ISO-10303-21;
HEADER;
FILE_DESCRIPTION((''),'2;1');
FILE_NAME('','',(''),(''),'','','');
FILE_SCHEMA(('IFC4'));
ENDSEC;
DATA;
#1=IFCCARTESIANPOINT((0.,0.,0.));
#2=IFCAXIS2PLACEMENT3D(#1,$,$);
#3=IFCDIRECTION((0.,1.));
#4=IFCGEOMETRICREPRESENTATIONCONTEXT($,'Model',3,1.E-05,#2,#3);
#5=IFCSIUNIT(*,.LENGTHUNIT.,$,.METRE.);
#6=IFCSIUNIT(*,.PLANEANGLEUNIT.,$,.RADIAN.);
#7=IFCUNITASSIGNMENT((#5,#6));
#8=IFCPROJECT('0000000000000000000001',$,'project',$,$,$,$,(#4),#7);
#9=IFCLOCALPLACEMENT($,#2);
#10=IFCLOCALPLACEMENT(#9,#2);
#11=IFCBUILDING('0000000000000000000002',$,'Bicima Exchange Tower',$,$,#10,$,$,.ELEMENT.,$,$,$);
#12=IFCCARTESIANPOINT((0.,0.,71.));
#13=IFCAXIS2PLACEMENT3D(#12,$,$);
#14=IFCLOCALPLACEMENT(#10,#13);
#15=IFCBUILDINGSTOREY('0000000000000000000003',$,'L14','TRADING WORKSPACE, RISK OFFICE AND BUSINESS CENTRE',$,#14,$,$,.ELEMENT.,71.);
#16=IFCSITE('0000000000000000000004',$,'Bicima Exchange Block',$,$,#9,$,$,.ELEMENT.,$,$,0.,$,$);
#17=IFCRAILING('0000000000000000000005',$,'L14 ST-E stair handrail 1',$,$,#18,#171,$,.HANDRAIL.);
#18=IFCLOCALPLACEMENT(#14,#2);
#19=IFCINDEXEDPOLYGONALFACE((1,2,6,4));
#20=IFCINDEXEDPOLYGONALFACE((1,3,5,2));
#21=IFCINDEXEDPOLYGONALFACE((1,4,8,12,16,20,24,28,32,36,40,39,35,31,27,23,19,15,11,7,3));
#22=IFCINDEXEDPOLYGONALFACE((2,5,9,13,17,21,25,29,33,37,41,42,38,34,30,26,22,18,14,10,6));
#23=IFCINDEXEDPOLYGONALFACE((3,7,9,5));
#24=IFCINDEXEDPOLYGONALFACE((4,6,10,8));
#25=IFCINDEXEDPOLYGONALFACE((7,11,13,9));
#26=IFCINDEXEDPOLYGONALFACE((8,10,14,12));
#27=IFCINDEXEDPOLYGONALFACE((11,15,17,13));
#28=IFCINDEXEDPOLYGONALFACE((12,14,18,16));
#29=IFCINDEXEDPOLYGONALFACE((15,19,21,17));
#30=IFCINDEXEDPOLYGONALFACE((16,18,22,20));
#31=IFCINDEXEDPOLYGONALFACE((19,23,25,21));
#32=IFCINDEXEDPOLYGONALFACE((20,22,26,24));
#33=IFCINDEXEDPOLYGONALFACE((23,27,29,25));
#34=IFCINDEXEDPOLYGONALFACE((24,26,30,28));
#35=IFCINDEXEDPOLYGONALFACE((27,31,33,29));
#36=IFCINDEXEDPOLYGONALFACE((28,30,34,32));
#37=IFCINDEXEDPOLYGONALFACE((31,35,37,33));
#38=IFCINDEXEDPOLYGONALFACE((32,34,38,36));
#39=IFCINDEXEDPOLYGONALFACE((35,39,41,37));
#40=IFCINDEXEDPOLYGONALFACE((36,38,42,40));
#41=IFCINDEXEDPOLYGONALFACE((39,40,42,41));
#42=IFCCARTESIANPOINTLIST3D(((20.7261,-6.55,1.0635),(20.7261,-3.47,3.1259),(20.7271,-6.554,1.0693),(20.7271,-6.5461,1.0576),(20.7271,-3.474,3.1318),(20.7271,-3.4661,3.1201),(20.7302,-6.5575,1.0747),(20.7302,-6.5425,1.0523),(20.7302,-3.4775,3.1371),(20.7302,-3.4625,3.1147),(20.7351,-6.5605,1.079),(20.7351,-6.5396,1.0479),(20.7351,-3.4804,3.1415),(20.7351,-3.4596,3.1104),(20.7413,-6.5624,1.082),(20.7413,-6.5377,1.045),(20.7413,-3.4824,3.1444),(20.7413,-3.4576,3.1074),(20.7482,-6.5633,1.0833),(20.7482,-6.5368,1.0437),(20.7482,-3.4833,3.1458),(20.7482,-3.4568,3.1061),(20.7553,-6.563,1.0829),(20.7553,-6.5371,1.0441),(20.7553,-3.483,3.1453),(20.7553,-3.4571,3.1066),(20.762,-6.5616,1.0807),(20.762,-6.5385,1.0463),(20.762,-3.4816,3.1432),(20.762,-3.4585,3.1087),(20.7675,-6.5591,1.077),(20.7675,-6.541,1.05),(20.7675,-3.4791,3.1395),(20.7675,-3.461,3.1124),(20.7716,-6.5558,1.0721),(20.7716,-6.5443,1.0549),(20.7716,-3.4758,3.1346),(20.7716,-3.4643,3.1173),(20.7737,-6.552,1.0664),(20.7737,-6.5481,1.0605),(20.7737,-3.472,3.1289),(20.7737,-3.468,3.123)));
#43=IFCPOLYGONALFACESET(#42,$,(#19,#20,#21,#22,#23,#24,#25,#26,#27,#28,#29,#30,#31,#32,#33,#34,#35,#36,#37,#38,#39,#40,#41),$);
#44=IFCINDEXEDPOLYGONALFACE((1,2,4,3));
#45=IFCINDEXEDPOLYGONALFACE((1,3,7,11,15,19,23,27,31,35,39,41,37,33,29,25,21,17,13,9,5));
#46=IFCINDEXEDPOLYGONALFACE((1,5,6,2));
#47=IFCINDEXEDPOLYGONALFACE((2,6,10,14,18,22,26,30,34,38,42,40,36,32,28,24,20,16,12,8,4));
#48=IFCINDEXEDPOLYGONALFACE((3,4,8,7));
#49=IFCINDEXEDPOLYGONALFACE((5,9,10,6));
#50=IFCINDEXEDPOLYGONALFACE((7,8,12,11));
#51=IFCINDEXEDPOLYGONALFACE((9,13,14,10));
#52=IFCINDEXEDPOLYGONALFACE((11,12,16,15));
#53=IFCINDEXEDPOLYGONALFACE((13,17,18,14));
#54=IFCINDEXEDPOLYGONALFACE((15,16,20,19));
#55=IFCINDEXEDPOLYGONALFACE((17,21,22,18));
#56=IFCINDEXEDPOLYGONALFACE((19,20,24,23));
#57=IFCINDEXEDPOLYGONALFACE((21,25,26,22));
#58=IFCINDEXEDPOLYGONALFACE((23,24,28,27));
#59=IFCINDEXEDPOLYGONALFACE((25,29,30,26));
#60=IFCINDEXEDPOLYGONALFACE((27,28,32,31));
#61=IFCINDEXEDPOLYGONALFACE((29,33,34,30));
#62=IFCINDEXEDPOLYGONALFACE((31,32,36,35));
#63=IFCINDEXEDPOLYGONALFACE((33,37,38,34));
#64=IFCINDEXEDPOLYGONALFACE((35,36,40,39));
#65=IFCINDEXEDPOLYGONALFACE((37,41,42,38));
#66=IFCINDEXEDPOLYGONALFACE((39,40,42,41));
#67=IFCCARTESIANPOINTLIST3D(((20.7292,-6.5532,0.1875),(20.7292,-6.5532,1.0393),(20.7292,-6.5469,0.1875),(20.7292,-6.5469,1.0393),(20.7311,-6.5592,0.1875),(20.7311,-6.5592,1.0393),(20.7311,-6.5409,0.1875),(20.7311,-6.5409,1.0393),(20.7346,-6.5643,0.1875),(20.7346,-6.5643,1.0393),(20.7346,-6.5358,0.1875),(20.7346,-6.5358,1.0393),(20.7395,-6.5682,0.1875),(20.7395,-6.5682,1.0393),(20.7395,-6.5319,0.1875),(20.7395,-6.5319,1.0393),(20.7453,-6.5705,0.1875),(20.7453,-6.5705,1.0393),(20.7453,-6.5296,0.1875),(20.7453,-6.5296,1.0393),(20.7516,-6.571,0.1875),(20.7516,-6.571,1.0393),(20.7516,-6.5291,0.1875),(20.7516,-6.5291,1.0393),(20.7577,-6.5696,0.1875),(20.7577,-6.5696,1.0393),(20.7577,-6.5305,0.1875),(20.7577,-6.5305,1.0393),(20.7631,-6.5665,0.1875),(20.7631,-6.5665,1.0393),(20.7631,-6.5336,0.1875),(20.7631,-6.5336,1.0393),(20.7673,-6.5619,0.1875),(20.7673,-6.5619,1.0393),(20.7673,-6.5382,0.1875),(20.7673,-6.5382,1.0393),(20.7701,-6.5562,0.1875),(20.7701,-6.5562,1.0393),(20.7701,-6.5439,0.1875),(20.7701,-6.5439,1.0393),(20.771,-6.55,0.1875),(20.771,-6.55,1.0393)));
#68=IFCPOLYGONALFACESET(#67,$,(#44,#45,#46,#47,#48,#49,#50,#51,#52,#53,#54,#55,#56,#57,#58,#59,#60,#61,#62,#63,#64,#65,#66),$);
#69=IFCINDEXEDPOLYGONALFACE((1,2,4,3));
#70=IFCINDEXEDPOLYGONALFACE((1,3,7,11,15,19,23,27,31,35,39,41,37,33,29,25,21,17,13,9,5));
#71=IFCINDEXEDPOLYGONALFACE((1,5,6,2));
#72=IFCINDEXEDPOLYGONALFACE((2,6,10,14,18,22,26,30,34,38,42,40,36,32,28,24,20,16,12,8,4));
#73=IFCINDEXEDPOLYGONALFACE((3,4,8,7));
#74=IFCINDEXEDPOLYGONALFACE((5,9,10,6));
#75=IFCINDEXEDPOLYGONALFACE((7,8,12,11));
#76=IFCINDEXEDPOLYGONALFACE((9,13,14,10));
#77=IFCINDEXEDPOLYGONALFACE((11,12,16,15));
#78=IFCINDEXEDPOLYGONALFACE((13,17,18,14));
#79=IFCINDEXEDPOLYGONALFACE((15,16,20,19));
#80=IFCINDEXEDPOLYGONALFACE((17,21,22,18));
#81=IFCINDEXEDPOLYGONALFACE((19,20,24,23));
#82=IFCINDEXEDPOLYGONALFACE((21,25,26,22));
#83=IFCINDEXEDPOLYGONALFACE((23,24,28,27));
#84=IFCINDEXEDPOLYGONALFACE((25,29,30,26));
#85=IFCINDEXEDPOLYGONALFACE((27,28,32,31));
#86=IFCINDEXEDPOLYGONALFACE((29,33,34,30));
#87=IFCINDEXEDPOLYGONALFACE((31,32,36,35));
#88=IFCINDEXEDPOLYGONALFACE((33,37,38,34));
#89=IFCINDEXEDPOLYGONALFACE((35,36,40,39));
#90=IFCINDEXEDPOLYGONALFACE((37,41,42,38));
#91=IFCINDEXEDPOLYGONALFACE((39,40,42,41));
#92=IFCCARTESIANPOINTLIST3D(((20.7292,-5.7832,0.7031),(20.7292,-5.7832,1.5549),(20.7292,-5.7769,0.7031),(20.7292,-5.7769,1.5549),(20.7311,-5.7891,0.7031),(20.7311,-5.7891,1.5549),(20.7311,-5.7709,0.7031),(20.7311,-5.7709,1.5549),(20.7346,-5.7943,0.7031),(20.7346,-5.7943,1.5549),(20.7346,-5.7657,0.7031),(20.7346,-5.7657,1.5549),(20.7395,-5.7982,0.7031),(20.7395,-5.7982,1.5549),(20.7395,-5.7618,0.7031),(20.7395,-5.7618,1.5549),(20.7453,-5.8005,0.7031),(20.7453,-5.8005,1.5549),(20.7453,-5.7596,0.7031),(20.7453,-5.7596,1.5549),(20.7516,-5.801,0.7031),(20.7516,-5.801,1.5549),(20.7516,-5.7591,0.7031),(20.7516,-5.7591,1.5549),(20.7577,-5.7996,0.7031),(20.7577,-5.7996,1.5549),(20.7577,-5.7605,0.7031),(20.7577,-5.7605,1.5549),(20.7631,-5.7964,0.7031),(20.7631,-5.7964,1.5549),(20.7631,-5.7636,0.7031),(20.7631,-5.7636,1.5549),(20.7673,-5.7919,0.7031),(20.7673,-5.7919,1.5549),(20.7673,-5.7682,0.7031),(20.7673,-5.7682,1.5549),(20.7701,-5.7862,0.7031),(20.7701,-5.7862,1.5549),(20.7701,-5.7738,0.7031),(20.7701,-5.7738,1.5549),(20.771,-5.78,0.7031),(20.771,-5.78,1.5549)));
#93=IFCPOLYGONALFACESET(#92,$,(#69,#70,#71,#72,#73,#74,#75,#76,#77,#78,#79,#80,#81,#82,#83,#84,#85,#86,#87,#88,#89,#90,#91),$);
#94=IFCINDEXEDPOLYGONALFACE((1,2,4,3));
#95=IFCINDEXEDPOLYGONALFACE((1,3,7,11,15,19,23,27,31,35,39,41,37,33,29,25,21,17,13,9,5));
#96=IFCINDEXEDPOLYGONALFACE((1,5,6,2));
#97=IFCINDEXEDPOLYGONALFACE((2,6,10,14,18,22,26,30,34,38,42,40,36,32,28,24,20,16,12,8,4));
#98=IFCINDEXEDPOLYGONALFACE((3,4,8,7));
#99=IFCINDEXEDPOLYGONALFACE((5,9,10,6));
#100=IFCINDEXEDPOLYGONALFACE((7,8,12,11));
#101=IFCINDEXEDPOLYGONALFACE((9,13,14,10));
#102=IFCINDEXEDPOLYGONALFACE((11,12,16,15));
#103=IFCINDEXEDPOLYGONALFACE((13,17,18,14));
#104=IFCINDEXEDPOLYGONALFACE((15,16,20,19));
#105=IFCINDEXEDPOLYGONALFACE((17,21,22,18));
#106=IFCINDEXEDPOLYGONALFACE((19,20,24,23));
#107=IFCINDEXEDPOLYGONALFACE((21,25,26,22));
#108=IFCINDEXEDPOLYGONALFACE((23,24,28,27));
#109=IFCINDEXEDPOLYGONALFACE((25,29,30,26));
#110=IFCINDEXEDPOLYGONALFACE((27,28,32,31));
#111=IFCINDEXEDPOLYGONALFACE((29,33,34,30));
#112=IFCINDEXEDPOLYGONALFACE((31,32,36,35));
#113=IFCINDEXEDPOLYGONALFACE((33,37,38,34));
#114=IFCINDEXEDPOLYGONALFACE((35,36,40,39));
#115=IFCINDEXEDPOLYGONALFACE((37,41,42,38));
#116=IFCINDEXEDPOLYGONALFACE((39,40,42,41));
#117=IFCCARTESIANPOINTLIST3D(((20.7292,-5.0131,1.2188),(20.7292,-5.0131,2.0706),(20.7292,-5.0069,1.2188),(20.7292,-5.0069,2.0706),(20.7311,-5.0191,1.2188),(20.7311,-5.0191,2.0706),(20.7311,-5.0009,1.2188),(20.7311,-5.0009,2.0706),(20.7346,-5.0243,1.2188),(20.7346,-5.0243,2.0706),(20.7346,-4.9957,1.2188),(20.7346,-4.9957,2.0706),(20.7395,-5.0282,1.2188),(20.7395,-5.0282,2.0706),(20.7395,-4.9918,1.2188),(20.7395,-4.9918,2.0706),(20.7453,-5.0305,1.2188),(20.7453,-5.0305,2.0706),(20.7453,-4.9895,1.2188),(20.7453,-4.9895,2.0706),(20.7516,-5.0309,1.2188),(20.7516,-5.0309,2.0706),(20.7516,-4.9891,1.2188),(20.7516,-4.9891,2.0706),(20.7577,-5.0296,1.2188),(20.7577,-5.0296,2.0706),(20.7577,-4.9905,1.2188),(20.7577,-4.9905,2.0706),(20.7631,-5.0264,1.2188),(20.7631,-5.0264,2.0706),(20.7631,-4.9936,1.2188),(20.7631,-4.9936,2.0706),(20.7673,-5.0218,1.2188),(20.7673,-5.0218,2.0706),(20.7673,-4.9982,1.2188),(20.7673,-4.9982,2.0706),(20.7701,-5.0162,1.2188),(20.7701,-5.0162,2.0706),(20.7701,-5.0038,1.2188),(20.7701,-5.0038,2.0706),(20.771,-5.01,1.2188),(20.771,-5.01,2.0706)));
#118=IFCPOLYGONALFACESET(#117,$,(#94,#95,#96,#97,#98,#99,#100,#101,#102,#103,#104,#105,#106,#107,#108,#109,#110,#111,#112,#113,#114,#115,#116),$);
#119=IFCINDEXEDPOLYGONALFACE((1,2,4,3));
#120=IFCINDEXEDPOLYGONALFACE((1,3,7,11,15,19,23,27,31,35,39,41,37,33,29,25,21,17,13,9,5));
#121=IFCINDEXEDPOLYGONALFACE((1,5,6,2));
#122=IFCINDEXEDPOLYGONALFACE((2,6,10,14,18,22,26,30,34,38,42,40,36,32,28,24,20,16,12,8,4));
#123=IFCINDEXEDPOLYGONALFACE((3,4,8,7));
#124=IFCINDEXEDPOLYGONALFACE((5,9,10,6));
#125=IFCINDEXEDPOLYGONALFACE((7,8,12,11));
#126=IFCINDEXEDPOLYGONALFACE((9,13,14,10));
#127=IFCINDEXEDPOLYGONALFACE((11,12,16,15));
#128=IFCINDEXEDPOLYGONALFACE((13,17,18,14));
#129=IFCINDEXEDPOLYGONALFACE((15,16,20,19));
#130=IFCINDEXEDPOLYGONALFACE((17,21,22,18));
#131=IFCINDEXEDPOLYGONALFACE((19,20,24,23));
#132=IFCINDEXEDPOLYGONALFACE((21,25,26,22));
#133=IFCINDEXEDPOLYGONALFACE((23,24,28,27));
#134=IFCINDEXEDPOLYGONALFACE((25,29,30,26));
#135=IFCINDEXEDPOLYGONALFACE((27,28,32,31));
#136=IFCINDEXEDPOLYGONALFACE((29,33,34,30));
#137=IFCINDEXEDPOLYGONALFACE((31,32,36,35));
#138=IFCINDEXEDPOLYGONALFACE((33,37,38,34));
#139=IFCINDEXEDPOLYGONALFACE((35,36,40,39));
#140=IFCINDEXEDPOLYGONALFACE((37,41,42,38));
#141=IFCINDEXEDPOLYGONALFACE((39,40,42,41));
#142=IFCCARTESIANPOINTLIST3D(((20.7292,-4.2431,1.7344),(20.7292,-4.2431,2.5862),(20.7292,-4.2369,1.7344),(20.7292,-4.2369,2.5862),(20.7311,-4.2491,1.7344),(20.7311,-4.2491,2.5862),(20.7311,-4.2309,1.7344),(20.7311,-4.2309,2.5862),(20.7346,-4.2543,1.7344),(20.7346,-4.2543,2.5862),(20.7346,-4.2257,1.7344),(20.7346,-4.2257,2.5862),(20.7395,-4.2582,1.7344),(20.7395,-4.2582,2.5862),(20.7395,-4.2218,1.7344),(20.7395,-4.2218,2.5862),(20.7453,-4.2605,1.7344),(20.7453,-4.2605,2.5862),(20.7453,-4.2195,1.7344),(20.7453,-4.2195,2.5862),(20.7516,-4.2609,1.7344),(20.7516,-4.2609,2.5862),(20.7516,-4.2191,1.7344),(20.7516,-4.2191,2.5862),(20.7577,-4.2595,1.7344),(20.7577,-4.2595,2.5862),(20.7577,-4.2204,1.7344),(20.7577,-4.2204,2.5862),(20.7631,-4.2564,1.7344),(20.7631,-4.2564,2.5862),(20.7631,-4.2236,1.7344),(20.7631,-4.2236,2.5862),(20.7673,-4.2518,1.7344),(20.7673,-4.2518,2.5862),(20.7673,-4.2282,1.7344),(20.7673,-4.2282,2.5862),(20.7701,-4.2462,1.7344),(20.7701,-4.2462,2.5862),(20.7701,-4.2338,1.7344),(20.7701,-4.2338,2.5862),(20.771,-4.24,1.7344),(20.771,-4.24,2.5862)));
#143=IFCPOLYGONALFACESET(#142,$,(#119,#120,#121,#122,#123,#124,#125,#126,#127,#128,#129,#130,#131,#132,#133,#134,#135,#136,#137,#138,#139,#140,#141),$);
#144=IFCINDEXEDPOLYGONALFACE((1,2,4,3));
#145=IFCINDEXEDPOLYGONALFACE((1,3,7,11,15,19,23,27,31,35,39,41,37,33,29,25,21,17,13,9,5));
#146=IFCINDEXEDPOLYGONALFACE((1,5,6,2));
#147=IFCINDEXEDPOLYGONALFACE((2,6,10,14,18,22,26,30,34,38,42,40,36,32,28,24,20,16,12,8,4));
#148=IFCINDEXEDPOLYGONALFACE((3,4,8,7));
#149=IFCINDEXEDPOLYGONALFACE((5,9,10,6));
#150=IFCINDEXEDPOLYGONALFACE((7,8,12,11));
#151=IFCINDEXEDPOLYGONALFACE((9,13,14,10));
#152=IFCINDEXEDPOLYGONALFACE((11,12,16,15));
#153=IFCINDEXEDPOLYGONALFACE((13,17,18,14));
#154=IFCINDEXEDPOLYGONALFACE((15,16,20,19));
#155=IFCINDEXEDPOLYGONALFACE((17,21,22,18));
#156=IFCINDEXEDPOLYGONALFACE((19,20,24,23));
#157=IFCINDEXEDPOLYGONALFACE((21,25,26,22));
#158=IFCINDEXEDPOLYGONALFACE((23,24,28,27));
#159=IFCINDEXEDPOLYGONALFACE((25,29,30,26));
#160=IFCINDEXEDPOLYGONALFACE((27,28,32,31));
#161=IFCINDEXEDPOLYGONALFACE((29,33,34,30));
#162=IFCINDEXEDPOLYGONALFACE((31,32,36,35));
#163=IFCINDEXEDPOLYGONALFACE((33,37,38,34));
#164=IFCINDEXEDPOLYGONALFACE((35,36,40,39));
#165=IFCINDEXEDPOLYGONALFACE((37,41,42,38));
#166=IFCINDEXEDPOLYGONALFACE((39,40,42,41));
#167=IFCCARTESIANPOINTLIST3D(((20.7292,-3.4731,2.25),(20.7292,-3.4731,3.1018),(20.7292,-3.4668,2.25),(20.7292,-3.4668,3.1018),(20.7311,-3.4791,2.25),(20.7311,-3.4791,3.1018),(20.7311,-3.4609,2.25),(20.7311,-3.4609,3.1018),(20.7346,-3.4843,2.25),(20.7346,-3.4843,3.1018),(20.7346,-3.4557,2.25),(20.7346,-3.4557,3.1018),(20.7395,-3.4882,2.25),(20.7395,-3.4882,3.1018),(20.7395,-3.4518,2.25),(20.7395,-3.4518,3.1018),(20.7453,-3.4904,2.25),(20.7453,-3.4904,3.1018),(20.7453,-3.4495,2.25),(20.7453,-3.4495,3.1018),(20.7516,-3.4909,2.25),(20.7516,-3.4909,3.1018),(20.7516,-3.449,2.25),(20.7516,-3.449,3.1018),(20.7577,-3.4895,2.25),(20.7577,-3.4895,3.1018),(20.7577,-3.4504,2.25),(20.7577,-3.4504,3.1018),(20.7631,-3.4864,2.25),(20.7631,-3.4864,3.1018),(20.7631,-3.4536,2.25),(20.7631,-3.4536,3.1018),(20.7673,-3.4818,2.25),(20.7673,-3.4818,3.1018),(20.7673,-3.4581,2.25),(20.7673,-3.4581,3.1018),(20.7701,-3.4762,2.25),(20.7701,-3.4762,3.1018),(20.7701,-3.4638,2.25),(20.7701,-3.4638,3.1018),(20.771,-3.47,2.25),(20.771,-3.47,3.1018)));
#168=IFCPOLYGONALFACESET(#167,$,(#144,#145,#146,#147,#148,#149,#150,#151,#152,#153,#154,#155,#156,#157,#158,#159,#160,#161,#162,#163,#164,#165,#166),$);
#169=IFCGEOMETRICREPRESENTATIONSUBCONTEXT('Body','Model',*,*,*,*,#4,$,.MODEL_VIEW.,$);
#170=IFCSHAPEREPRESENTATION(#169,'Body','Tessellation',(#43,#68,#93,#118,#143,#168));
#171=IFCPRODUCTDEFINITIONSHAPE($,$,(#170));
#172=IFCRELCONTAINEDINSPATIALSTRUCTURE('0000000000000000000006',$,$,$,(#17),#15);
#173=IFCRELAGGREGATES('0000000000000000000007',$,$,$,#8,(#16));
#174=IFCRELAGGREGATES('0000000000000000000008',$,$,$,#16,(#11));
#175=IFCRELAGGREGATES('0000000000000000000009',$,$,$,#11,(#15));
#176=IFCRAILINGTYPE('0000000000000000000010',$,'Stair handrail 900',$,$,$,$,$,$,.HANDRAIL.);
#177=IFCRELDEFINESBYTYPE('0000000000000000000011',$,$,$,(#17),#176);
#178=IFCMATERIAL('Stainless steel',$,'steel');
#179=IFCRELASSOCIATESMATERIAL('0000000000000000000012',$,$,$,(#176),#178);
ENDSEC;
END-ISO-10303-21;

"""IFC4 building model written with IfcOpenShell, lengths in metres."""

from ifc_helpers import new_model, si_unit, direction, frame, origin, origin_2d, place, context, subcontext, project, spatial, circle, extrude, material, type_object, element, save


model = new_model("IFC4")

# Units and contexts
model_context = context("Model", 3, precision=1e-05, world=origin(), true_north=direction((0.0, 1.0)))
body_context = subcontext(model_context, "Body", "Model", "MODEL_VIEW")
ifc_project = project(units=[si_unit("LENGTHUNIT", "METRE"), si_unit("PLANEANGLEUNIT", "RADIAN")], contexts=[model_context])

# Site, building, storey
site_placement = place(None, origin())
site = spatial("IfcSite", under=ifc_project, at=site_placement, Name="Bicima Exchange Block", CompositionType="ELEMENT", RefElevation=0.0)
building_placement = place(site_placement, origin())
building = spatial("IfcBuilding", under=site, at=building_placement, Name="Bicima Exchange Tower", CompositionType="ELEMENT")
storey_placement = place(building_placement, frame((0.0, 0.0, 71.0)))
storey = spatial("IfcBuildingStorey", under=building, at=storey_placement, Name="L14", Description="TRADING WORKSPACE, RISK OFFICE AND BUSINESS CENTRE", CompositionType="ELEMENT", Elevation=71.0)

# Railing
ifc_material_1 = material(Name="Stainless steel", Category="steel")
railing_type_1 = type_object("IfcRailingType", Name="Stair handrail 900", PredefinedType="HANDRAIL", material=ifc_material_1)
railing_1_placement = place(storey_placement, frame((20.75, -6.55, 0.1875)))
element("IfcRailing", 1, at=railing_1_placement, inside=storey, type_object=railing_type_1, Name="L14 ST-E stair handrail 1", PredefinedType="HANDRAIL", context=body_context, shape_type="SweptSolid", body=[
    extrude(circle(Radius=0.0239, at=origin_2d()), frame((0.0, 0.0, 0.876), z_axis=(0.0, 0.830914, 0.556401), x_axis=(-1.0, 0.0, 0.0)), (0.0, 0.0, 1.0), 3.7068),
    extrude(circle(Radius=0.021, at=origin_2d()), origin(), (0.0, 0.0, 1.0), 0.8518),
    extrude(circle(Radius=0.021, at=origin_2d()), frame((0.0, 0.77, 0.5156)), (0.0, 0.0, 1.0), 0.8518),
    extrude(circle(Radius=0.021, at=origin_2d()), frame((0.0, 1.54, 1.0312)), (0.0, 0.0, 1.0), 0.8518),
    extrude(circle(Radius=0.021, at=origin_2d()), frame((0.0, 2.3101, 1.5469)), (0.0, 0.0, 1.0), 0.8518),
    extrude(circle(Radius=0.021, at=origin_2d()), frame((0.0, 3.0801, 2.0625)), (0.0, 0.0, 1.0), 0.8518),
])

save(model, "model.ifc")
